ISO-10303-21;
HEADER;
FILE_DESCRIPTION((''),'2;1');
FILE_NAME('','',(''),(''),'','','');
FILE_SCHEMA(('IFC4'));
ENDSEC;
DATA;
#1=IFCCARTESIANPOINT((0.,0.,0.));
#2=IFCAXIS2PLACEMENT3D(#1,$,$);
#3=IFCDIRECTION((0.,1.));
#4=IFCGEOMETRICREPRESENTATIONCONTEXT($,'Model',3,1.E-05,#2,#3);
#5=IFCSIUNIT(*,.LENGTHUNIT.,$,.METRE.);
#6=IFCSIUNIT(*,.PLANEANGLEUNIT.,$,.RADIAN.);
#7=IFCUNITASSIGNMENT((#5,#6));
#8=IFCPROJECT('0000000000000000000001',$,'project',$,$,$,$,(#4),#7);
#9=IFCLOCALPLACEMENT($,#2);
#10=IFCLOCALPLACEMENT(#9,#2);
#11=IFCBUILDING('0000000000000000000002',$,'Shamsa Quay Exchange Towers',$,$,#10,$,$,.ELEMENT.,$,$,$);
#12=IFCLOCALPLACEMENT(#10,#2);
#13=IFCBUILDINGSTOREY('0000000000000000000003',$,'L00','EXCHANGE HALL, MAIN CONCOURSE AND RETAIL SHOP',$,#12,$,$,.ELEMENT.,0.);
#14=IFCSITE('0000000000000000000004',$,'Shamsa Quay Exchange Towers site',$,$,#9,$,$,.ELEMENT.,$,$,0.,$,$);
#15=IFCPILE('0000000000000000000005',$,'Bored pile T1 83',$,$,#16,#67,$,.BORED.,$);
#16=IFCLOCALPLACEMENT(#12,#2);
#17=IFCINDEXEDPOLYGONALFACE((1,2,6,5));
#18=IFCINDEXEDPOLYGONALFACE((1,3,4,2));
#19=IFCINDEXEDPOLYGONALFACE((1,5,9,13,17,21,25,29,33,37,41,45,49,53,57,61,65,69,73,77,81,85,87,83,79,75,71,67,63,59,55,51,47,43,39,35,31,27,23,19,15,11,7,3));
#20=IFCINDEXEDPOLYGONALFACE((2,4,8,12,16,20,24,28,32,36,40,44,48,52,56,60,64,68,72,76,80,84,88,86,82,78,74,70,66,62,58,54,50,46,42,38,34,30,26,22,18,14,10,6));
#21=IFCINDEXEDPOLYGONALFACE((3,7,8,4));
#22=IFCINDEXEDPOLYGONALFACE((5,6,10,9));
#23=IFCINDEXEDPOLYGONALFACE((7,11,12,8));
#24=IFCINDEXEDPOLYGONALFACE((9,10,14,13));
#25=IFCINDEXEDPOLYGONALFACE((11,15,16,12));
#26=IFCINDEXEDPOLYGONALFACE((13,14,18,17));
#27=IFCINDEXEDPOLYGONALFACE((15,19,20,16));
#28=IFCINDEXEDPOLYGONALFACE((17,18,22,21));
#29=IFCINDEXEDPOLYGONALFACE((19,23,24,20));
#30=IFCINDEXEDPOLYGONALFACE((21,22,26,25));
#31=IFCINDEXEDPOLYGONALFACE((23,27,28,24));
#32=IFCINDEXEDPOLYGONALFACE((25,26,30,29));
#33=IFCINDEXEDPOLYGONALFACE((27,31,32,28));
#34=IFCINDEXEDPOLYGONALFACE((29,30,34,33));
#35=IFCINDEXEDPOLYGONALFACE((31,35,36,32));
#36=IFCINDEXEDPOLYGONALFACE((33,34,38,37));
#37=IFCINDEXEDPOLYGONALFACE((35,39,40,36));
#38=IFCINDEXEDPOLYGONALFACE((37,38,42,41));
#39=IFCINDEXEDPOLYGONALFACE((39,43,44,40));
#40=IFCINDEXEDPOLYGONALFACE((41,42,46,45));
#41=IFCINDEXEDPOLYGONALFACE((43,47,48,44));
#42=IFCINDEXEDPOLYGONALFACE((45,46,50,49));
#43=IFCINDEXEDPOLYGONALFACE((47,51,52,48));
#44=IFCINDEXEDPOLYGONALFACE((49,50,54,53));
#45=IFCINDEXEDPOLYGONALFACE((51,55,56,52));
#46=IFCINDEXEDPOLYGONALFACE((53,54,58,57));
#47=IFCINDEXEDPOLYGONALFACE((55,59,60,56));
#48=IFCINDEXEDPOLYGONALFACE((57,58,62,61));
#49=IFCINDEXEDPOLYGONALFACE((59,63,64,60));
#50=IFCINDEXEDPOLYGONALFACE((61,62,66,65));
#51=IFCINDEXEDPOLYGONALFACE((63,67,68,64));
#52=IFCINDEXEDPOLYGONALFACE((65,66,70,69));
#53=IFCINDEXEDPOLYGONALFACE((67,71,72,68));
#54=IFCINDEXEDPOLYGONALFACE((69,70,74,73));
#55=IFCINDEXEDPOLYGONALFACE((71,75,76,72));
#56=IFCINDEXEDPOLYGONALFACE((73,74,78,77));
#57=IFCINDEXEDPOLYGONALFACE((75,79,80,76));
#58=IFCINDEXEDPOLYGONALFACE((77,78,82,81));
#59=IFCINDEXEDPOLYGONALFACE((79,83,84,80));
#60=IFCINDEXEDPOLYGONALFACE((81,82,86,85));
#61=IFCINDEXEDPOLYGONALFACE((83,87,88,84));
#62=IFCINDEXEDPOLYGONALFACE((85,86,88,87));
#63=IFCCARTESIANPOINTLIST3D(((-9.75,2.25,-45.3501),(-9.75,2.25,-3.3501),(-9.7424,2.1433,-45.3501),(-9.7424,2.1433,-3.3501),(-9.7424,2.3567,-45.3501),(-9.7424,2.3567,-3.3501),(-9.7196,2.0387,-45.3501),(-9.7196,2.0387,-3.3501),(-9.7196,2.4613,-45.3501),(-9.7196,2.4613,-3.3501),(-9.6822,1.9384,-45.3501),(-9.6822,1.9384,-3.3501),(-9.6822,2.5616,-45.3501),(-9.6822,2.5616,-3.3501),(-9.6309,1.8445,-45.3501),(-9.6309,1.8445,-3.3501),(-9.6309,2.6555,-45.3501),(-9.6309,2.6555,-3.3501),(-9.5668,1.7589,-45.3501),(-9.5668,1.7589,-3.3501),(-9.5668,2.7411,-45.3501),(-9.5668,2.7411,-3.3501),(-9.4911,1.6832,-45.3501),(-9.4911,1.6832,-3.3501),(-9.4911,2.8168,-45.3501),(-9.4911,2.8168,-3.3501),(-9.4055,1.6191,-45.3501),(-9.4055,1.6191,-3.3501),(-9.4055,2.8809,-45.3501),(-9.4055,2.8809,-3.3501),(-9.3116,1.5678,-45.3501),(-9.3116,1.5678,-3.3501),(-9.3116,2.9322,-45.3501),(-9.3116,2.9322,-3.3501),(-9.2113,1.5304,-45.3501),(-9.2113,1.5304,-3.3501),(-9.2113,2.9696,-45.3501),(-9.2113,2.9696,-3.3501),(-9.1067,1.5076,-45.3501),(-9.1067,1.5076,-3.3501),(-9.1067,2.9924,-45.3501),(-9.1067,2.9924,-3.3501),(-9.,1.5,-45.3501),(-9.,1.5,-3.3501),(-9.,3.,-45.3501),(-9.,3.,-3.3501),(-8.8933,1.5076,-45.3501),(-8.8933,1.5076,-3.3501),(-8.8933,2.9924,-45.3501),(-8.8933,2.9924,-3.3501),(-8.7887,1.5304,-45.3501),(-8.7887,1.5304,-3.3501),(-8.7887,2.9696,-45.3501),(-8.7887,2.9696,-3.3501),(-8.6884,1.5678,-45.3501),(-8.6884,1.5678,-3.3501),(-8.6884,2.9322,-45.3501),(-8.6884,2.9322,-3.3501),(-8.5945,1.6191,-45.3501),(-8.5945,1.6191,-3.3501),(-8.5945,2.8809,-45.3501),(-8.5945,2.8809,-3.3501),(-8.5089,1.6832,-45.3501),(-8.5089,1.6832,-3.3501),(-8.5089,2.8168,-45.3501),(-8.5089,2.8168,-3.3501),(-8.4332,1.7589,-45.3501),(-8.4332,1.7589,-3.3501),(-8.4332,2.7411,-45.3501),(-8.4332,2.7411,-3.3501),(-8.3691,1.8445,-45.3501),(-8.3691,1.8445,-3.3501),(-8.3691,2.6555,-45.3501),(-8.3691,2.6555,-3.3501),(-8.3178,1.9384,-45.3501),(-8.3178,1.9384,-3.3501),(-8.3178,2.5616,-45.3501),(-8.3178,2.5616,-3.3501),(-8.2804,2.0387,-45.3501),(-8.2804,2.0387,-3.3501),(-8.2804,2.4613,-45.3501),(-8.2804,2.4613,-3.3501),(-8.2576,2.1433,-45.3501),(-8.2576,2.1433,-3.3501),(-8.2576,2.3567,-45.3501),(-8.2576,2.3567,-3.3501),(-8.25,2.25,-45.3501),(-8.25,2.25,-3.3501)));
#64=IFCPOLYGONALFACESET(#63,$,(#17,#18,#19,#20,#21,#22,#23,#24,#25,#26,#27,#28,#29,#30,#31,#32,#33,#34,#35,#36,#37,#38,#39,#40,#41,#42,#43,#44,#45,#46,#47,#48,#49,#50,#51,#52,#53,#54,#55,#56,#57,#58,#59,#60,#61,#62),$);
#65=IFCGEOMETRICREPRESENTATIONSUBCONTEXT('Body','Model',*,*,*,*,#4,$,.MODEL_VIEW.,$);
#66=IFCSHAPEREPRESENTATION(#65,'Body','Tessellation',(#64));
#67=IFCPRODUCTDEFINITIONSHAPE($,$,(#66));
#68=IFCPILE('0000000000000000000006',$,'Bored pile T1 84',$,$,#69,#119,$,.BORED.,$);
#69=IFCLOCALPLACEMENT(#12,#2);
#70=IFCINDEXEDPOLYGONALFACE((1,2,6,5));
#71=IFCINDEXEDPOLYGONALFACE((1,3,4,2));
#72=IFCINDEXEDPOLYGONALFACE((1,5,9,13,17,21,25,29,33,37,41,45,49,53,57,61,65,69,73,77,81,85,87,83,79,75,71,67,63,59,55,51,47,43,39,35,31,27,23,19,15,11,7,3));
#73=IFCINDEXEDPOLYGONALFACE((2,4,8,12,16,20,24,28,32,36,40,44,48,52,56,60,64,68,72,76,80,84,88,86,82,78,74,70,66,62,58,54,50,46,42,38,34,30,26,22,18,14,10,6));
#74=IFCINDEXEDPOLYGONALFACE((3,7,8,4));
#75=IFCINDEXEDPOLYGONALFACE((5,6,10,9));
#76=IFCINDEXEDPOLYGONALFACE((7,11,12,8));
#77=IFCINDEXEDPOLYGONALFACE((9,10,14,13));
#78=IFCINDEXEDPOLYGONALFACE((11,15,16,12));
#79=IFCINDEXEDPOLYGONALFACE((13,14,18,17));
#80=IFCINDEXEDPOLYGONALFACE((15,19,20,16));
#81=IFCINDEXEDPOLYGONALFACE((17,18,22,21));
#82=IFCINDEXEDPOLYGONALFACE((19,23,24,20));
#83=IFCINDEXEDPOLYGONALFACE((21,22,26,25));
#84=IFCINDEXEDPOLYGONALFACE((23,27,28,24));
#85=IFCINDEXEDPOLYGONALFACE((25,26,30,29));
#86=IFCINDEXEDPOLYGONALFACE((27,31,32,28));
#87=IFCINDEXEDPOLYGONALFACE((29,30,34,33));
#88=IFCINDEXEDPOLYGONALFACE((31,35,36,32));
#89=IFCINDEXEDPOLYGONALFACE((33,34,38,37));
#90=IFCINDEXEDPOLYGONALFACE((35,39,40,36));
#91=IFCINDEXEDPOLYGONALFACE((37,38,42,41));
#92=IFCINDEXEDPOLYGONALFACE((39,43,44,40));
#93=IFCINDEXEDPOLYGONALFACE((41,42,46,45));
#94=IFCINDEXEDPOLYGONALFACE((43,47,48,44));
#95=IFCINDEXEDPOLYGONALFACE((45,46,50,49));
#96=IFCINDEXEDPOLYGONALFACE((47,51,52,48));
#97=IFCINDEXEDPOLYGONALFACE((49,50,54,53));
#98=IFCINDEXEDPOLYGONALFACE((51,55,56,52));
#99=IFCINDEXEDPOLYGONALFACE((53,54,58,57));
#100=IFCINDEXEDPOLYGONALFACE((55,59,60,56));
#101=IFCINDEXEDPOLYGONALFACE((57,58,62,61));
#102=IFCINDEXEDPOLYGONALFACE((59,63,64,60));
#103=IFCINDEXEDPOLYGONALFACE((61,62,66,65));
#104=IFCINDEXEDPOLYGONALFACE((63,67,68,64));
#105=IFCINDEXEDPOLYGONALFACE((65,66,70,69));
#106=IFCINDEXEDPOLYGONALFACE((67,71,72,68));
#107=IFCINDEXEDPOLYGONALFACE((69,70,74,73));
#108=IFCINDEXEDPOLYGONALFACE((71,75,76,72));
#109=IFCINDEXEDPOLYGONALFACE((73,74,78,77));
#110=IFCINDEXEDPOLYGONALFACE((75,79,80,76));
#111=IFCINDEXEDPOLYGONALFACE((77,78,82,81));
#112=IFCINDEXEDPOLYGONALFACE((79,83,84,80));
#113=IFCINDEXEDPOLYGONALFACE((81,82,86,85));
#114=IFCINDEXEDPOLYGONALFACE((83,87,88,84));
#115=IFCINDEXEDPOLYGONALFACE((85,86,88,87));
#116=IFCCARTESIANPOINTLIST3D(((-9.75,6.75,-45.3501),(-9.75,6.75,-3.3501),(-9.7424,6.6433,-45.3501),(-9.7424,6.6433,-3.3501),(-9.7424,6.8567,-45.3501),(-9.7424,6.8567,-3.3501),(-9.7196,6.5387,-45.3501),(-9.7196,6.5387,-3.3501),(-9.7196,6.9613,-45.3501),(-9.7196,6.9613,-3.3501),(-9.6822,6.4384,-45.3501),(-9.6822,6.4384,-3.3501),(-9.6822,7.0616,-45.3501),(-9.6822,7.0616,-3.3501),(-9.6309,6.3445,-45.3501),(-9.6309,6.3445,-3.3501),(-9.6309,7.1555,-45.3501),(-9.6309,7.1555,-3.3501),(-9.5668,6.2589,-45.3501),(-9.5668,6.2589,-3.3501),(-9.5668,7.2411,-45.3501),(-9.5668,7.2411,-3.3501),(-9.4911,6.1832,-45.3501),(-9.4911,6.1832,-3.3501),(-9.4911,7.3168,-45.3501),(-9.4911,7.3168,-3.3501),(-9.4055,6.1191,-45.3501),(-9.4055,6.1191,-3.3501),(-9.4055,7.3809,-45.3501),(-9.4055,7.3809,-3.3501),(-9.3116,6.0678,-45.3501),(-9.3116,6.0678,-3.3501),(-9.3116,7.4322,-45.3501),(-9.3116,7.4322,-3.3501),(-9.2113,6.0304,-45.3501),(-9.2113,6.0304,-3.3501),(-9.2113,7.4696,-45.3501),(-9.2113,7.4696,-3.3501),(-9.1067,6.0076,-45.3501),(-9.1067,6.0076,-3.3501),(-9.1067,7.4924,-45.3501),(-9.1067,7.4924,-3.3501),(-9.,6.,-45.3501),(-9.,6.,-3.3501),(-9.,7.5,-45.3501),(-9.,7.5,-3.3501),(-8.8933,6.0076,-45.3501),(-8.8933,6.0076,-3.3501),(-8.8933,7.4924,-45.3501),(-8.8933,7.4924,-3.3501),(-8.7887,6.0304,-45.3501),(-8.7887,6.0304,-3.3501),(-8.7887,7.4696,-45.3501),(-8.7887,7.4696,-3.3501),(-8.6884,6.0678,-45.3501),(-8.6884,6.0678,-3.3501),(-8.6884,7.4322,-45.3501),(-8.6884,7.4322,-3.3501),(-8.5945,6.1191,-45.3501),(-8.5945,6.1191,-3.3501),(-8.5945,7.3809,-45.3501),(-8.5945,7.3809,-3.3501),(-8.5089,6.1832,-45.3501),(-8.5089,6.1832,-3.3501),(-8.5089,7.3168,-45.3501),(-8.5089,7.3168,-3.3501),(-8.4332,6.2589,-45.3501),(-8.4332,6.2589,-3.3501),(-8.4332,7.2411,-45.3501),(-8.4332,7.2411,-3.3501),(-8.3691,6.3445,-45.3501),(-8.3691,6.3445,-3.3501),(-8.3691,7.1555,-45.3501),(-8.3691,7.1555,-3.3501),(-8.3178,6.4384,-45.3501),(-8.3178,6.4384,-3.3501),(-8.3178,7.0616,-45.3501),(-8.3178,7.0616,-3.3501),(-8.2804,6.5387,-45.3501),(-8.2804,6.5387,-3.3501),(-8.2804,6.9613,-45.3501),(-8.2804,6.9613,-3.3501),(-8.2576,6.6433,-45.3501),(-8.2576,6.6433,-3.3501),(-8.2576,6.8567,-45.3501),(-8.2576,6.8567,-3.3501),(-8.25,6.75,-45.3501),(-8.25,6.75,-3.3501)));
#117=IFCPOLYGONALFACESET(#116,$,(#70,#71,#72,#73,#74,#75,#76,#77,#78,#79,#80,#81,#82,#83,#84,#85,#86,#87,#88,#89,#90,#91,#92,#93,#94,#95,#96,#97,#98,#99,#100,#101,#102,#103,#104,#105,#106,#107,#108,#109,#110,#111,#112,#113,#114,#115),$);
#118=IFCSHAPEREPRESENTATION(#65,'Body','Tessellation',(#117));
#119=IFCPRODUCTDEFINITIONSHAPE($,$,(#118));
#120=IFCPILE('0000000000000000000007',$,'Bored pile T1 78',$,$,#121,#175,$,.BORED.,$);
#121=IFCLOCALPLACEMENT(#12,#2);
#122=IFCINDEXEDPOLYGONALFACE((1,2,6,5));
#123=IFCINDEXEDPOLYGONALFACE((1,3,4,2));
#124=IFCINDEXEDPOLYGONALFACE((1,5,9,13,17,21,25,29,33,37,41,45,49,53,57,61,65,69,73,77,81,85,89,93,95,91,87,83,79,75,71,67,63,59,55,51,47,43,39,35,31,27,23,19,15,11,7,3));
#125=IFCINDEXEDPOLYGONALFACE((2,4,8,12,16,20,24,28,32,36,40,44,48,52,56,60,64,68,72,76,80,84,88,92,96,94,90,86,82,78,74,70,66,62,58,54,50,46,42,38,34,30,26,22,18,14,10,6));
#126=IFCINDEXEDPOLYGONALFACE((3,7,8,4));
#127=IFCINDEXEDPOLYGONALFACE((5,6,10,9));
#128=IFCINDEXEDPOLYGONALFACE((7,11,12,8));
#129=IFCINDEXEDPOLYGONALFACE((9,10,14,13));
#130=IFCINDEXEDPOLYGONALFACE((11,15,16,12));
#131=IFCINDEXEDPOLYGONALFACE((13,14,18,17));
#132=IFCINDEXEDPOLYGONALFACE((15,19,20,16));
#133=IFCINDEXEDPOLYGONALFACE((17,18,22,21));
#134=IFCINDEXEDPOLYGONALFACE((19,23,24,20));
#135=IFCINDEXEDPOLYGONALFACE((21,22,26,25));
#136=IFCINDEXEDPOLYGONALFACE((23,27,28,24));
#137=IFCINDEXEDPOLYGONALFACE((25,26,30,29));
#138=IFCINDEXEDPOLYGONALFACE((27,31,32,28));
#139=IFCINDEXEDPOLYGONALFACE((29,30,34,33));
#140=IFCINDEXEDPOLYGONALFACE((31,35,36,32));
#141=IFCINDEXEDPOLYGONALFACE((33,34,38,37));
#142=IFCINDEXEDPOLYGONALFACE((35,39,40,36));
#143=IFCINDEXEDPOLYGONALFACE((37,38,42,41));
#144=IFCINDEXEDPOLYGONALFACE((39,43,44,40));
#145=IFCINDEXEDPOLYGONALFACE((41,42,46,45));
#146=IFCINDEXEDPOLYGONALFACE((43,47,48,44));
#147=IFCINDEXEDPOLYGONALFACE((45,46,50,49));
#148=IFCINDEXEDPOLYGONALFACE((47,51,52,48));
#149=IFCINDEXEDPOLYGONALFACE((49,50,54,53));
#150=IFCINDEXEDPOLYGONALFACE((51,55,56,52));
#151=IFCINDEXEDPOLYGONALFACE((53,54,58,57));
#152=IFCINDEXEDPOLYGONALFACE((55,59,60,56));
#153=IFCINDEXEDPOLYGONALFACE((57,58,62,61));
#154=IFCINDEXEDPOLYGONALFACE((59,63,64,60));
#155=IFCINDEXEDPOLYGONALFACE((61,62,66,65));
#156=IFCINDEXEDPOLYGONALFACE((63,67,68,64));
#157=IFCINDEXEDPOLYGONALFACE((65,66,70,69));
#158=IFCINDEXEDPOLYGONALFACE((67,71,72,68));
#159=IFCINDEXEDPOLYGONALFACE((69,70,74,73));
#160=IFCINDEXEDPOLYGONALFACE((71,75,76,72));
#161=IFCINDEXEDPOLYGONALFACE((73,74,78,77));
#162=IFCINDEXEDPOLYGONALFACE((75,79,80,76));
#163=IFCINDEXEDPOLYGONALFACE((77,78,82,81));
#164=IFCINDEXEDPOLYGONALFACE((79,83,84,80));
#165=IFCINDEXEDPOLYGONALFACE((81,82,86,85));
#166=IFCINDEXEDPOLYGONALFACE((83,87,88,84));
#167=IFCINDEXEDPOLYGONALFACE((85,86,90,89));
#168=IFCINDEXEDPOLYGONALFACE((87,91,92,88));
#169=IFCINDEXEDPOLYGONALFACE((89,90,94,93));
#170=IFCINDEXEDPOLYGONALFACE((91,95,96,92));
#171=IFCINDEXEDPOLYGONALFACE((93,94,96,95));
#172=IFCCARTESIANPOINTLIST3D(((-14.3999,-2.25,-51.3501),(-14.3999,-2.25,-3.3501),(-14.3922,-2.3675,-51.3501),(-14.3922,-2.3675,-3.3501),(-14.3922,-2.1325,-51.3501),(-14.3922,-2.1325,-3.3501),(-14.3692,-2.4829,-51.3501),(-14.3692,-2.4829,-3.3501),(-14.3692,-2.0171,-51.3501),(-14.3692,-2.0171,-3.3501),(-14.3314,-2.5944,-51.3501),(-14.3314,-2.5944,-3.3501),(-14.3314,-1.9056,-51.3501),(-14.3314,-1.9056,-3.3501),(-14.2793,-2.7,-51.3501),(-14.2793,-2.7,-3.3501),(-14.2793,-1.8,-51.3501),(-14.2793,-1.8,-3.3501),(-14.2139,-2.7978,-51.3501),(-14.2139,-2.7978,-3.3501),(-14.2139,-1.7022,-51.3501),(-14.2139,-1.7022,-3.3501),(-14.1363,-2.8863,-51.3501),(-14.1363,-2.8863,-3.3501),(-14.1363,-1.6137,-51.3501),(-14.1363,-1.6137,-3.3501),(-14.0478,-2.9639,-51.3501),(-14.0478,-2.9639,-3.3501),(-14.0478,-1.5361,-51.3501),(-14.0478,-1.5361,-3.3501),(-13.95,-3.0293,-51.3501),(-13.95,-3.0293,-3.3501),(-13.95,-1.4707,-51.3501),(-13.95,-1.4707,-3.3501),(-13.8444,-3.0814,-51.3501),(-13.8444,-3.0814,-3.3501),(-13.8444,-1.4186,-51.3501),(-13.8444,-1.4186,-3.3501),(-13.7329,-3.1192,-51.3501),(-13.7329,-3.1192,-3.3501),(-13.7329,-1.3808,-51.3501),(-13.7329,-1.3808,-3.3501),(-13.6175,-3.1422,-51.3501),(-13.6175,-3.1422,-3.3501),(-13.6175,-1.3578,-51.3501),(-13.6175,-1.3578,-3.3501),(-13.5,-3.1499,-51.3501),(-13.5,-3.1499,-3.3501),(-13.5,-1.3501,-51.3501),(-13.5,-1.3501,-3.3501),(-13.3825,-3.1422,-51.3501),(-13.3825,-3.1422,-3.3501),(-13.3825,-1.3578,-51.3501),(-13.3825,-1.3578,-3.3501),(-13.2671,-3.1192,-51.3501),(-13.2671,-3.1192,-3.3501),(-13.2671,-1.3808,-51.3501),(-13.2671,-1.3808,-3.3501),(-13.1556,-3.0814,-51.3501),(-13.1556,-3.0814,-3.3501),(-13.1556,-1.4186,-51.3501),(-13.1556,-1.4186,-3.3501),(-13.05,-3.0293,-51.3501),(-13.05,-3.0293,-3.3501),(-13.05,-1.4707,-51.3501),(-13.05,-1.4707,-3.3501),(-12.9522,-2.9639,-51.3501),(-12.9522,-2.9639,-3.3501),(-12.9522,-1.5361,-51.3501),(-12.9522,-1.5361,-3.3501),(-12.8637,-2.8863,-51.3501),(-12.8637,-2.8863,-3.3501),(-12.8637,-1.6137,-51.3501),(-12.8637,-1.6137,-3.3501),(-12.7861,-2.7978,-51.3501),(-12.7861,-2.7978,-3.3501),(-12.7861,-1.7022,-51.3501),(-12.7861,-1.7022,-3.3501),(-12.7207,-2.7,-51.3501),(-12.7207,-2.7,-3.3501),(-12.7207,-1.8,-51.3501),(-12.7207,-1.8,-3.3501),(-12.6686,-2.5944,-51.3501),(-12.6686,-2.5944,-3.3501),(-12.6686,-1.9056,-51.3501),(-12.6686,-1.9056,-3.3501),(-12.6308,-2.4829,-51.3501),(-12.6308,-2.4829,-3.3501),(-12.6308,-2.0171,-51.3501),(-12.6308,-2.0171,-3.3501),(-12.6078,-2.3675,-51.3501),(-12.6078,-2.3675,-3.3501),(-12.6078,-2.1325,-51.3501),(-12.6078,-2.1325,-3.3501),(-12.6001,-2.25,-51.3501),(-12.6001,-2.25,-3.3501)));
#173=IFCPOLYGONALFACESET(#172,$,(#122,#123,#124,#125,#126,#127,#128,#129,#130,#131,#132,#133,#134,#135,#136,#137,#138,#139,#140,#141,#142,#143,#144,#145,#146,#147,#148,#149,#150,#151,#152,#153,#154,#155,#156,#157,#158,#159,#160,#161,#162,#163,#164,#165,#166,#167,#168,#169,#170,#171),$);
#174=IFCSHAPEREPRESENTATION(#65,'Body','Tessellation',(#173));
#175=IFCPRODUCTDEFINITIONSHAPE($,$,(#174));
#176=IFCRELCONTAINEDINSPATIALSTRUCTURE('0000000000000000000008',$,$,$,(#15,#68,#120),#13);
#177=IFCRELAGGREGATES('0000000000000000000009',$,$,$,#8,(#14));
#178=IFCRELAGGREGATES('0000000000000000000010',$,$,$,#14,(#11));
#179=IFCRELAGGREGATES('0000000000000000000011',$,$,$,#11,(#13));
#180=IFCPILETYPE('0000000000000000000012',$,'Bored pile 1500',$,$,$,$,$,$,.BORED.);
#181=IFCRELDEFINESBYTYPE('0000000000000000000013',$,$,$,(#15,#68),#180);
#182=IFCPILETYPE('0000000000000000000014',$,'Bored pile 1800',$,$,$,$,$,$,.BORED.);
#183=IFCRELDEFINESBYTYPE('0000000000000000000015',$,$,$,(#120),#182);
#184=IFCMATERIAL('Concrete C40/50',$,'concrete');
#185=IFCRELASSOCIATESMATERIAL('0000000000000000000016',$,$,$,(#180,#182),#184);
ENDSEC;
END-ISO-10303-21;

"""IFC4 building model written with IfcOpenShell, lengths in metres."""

from ifc_helpers import new_model, si_unit, direction, frame, origin, origin_2d, place, context, subcontext, project, spatial, circle, extrude, material, material_profile, profile_set, type_object, element, save


model = new_model("IFC4")

# Units and contexts
model_context = context("Model", 3, precision=1e-05, world=origin(), true_north=direction((0.0, 1.0)))
body_context = subcontext(model_context, "Body", "Model", "MODEL_VIEW")
ifc_project = project(units=[si_unit("LENGTHUNIT", "METRE"), si_unit("PLANEANGLEUNIT", "RADIAN")], contexts=[model_context])

# Site, building, storey
site_placement = place(None, origin())
site = spatial("IfcSite", under=ifc_project, at=site_placement, Name="Shamsa Quay Exchange Towers site", CompositionType="ELEMENT", RefElevation=0.0)
building_placement = place(site_placement, origin())
building = spatial("IfcBuilding", under=site, at=building_placement, Name="Shamsa Quay Exchange Towers", CompositionType="ELEMENT")
storey_placement = place(building_placement, origin())
storey = spatial("IfcBuildingStorey", under=building, at=storey_placement, Name="L00", Description="EXCHANGE HALL, MAIN CONCOURSE AND RETAIL SHOP", CompositionType="ELEMENT", Elevation=0.0)

# Piles
ifc_material_1 = material(Name="Concrete C40/50", Category="concrete")
ifc_material_profile_1 = material_profile(ifc_material_1, circle(Radius=0.75, at=origin_2d()), Name="BP1500")
ifc_profile_set_1 = profile_set([ifc_material_profile_1], Name="Concrete C40/50")
pile_type_1 = type_object("IfcPileType", Name="Bored pile 1500", PredefinedType="BORED", material=ifc_profile_set_1)
for number, where, z_axis, x_axis, name in (
    (1, (-9.0, 2.25, -3.3501), (0.0, 0.0, -1.0), (1.0, 0.0, 0.0), "Bored pile T1 83"),
    (2, (-9.0, 6.75, -3.3501), (0.0, 0.0, -1.0), (1.0, 0.0, 0.0), "Bored pile T1 84"),
):
    element("IfcPile", number, at=place(storey_placement, frame(where, z_axis=z_axis, x_axis=x_axis)), inside=storey, type_object=pile_type_1, Name=name, PredefinedType="BORED", context=body_context, shape_type="SweptSolid", body=[
        extrude(circle(Radius=0.75, at=origin_2d()), origin(), (0.0, 0.0, 1.0), 42.0),
    ])
ifc_material_profile_2 = material_profile(ifc_material_1, circle(Radius=0.8999, at=origin_2d()), Name="BP1800")
ifc_profile_set_2 = profile_set([ifc_material_profile_2], Name="Concrete C40/50")
pile_type_2 = type_object("IfcPileType", Name="Bored pile 1800", PredefinedType="BORED", material=ifc_profile_set_2)
for number, where, z_axis, x_axis, name in (
    (3, (-13.5, -2.25, -3.3501), (0.0, 0.0, -1.0), (1.0, 0.0, 0.0), "Bored pile T1 78"),
):
    element("IfcPile", number, at=place(storey_placement, frame(where, z_axis=z_axis, x_axis=x_axis)), inside=storey, type_object=pile_type_2, Name=name, PredefinedType="BORED", context=body_context, shape_type="SweptSolid", body=[
        extrude(circle(Radius=0.8999, at=origin_2d()), origin(), (0.0, 0.0, 1.0), 48.0),
    ])

save(model, "model.ifc")
